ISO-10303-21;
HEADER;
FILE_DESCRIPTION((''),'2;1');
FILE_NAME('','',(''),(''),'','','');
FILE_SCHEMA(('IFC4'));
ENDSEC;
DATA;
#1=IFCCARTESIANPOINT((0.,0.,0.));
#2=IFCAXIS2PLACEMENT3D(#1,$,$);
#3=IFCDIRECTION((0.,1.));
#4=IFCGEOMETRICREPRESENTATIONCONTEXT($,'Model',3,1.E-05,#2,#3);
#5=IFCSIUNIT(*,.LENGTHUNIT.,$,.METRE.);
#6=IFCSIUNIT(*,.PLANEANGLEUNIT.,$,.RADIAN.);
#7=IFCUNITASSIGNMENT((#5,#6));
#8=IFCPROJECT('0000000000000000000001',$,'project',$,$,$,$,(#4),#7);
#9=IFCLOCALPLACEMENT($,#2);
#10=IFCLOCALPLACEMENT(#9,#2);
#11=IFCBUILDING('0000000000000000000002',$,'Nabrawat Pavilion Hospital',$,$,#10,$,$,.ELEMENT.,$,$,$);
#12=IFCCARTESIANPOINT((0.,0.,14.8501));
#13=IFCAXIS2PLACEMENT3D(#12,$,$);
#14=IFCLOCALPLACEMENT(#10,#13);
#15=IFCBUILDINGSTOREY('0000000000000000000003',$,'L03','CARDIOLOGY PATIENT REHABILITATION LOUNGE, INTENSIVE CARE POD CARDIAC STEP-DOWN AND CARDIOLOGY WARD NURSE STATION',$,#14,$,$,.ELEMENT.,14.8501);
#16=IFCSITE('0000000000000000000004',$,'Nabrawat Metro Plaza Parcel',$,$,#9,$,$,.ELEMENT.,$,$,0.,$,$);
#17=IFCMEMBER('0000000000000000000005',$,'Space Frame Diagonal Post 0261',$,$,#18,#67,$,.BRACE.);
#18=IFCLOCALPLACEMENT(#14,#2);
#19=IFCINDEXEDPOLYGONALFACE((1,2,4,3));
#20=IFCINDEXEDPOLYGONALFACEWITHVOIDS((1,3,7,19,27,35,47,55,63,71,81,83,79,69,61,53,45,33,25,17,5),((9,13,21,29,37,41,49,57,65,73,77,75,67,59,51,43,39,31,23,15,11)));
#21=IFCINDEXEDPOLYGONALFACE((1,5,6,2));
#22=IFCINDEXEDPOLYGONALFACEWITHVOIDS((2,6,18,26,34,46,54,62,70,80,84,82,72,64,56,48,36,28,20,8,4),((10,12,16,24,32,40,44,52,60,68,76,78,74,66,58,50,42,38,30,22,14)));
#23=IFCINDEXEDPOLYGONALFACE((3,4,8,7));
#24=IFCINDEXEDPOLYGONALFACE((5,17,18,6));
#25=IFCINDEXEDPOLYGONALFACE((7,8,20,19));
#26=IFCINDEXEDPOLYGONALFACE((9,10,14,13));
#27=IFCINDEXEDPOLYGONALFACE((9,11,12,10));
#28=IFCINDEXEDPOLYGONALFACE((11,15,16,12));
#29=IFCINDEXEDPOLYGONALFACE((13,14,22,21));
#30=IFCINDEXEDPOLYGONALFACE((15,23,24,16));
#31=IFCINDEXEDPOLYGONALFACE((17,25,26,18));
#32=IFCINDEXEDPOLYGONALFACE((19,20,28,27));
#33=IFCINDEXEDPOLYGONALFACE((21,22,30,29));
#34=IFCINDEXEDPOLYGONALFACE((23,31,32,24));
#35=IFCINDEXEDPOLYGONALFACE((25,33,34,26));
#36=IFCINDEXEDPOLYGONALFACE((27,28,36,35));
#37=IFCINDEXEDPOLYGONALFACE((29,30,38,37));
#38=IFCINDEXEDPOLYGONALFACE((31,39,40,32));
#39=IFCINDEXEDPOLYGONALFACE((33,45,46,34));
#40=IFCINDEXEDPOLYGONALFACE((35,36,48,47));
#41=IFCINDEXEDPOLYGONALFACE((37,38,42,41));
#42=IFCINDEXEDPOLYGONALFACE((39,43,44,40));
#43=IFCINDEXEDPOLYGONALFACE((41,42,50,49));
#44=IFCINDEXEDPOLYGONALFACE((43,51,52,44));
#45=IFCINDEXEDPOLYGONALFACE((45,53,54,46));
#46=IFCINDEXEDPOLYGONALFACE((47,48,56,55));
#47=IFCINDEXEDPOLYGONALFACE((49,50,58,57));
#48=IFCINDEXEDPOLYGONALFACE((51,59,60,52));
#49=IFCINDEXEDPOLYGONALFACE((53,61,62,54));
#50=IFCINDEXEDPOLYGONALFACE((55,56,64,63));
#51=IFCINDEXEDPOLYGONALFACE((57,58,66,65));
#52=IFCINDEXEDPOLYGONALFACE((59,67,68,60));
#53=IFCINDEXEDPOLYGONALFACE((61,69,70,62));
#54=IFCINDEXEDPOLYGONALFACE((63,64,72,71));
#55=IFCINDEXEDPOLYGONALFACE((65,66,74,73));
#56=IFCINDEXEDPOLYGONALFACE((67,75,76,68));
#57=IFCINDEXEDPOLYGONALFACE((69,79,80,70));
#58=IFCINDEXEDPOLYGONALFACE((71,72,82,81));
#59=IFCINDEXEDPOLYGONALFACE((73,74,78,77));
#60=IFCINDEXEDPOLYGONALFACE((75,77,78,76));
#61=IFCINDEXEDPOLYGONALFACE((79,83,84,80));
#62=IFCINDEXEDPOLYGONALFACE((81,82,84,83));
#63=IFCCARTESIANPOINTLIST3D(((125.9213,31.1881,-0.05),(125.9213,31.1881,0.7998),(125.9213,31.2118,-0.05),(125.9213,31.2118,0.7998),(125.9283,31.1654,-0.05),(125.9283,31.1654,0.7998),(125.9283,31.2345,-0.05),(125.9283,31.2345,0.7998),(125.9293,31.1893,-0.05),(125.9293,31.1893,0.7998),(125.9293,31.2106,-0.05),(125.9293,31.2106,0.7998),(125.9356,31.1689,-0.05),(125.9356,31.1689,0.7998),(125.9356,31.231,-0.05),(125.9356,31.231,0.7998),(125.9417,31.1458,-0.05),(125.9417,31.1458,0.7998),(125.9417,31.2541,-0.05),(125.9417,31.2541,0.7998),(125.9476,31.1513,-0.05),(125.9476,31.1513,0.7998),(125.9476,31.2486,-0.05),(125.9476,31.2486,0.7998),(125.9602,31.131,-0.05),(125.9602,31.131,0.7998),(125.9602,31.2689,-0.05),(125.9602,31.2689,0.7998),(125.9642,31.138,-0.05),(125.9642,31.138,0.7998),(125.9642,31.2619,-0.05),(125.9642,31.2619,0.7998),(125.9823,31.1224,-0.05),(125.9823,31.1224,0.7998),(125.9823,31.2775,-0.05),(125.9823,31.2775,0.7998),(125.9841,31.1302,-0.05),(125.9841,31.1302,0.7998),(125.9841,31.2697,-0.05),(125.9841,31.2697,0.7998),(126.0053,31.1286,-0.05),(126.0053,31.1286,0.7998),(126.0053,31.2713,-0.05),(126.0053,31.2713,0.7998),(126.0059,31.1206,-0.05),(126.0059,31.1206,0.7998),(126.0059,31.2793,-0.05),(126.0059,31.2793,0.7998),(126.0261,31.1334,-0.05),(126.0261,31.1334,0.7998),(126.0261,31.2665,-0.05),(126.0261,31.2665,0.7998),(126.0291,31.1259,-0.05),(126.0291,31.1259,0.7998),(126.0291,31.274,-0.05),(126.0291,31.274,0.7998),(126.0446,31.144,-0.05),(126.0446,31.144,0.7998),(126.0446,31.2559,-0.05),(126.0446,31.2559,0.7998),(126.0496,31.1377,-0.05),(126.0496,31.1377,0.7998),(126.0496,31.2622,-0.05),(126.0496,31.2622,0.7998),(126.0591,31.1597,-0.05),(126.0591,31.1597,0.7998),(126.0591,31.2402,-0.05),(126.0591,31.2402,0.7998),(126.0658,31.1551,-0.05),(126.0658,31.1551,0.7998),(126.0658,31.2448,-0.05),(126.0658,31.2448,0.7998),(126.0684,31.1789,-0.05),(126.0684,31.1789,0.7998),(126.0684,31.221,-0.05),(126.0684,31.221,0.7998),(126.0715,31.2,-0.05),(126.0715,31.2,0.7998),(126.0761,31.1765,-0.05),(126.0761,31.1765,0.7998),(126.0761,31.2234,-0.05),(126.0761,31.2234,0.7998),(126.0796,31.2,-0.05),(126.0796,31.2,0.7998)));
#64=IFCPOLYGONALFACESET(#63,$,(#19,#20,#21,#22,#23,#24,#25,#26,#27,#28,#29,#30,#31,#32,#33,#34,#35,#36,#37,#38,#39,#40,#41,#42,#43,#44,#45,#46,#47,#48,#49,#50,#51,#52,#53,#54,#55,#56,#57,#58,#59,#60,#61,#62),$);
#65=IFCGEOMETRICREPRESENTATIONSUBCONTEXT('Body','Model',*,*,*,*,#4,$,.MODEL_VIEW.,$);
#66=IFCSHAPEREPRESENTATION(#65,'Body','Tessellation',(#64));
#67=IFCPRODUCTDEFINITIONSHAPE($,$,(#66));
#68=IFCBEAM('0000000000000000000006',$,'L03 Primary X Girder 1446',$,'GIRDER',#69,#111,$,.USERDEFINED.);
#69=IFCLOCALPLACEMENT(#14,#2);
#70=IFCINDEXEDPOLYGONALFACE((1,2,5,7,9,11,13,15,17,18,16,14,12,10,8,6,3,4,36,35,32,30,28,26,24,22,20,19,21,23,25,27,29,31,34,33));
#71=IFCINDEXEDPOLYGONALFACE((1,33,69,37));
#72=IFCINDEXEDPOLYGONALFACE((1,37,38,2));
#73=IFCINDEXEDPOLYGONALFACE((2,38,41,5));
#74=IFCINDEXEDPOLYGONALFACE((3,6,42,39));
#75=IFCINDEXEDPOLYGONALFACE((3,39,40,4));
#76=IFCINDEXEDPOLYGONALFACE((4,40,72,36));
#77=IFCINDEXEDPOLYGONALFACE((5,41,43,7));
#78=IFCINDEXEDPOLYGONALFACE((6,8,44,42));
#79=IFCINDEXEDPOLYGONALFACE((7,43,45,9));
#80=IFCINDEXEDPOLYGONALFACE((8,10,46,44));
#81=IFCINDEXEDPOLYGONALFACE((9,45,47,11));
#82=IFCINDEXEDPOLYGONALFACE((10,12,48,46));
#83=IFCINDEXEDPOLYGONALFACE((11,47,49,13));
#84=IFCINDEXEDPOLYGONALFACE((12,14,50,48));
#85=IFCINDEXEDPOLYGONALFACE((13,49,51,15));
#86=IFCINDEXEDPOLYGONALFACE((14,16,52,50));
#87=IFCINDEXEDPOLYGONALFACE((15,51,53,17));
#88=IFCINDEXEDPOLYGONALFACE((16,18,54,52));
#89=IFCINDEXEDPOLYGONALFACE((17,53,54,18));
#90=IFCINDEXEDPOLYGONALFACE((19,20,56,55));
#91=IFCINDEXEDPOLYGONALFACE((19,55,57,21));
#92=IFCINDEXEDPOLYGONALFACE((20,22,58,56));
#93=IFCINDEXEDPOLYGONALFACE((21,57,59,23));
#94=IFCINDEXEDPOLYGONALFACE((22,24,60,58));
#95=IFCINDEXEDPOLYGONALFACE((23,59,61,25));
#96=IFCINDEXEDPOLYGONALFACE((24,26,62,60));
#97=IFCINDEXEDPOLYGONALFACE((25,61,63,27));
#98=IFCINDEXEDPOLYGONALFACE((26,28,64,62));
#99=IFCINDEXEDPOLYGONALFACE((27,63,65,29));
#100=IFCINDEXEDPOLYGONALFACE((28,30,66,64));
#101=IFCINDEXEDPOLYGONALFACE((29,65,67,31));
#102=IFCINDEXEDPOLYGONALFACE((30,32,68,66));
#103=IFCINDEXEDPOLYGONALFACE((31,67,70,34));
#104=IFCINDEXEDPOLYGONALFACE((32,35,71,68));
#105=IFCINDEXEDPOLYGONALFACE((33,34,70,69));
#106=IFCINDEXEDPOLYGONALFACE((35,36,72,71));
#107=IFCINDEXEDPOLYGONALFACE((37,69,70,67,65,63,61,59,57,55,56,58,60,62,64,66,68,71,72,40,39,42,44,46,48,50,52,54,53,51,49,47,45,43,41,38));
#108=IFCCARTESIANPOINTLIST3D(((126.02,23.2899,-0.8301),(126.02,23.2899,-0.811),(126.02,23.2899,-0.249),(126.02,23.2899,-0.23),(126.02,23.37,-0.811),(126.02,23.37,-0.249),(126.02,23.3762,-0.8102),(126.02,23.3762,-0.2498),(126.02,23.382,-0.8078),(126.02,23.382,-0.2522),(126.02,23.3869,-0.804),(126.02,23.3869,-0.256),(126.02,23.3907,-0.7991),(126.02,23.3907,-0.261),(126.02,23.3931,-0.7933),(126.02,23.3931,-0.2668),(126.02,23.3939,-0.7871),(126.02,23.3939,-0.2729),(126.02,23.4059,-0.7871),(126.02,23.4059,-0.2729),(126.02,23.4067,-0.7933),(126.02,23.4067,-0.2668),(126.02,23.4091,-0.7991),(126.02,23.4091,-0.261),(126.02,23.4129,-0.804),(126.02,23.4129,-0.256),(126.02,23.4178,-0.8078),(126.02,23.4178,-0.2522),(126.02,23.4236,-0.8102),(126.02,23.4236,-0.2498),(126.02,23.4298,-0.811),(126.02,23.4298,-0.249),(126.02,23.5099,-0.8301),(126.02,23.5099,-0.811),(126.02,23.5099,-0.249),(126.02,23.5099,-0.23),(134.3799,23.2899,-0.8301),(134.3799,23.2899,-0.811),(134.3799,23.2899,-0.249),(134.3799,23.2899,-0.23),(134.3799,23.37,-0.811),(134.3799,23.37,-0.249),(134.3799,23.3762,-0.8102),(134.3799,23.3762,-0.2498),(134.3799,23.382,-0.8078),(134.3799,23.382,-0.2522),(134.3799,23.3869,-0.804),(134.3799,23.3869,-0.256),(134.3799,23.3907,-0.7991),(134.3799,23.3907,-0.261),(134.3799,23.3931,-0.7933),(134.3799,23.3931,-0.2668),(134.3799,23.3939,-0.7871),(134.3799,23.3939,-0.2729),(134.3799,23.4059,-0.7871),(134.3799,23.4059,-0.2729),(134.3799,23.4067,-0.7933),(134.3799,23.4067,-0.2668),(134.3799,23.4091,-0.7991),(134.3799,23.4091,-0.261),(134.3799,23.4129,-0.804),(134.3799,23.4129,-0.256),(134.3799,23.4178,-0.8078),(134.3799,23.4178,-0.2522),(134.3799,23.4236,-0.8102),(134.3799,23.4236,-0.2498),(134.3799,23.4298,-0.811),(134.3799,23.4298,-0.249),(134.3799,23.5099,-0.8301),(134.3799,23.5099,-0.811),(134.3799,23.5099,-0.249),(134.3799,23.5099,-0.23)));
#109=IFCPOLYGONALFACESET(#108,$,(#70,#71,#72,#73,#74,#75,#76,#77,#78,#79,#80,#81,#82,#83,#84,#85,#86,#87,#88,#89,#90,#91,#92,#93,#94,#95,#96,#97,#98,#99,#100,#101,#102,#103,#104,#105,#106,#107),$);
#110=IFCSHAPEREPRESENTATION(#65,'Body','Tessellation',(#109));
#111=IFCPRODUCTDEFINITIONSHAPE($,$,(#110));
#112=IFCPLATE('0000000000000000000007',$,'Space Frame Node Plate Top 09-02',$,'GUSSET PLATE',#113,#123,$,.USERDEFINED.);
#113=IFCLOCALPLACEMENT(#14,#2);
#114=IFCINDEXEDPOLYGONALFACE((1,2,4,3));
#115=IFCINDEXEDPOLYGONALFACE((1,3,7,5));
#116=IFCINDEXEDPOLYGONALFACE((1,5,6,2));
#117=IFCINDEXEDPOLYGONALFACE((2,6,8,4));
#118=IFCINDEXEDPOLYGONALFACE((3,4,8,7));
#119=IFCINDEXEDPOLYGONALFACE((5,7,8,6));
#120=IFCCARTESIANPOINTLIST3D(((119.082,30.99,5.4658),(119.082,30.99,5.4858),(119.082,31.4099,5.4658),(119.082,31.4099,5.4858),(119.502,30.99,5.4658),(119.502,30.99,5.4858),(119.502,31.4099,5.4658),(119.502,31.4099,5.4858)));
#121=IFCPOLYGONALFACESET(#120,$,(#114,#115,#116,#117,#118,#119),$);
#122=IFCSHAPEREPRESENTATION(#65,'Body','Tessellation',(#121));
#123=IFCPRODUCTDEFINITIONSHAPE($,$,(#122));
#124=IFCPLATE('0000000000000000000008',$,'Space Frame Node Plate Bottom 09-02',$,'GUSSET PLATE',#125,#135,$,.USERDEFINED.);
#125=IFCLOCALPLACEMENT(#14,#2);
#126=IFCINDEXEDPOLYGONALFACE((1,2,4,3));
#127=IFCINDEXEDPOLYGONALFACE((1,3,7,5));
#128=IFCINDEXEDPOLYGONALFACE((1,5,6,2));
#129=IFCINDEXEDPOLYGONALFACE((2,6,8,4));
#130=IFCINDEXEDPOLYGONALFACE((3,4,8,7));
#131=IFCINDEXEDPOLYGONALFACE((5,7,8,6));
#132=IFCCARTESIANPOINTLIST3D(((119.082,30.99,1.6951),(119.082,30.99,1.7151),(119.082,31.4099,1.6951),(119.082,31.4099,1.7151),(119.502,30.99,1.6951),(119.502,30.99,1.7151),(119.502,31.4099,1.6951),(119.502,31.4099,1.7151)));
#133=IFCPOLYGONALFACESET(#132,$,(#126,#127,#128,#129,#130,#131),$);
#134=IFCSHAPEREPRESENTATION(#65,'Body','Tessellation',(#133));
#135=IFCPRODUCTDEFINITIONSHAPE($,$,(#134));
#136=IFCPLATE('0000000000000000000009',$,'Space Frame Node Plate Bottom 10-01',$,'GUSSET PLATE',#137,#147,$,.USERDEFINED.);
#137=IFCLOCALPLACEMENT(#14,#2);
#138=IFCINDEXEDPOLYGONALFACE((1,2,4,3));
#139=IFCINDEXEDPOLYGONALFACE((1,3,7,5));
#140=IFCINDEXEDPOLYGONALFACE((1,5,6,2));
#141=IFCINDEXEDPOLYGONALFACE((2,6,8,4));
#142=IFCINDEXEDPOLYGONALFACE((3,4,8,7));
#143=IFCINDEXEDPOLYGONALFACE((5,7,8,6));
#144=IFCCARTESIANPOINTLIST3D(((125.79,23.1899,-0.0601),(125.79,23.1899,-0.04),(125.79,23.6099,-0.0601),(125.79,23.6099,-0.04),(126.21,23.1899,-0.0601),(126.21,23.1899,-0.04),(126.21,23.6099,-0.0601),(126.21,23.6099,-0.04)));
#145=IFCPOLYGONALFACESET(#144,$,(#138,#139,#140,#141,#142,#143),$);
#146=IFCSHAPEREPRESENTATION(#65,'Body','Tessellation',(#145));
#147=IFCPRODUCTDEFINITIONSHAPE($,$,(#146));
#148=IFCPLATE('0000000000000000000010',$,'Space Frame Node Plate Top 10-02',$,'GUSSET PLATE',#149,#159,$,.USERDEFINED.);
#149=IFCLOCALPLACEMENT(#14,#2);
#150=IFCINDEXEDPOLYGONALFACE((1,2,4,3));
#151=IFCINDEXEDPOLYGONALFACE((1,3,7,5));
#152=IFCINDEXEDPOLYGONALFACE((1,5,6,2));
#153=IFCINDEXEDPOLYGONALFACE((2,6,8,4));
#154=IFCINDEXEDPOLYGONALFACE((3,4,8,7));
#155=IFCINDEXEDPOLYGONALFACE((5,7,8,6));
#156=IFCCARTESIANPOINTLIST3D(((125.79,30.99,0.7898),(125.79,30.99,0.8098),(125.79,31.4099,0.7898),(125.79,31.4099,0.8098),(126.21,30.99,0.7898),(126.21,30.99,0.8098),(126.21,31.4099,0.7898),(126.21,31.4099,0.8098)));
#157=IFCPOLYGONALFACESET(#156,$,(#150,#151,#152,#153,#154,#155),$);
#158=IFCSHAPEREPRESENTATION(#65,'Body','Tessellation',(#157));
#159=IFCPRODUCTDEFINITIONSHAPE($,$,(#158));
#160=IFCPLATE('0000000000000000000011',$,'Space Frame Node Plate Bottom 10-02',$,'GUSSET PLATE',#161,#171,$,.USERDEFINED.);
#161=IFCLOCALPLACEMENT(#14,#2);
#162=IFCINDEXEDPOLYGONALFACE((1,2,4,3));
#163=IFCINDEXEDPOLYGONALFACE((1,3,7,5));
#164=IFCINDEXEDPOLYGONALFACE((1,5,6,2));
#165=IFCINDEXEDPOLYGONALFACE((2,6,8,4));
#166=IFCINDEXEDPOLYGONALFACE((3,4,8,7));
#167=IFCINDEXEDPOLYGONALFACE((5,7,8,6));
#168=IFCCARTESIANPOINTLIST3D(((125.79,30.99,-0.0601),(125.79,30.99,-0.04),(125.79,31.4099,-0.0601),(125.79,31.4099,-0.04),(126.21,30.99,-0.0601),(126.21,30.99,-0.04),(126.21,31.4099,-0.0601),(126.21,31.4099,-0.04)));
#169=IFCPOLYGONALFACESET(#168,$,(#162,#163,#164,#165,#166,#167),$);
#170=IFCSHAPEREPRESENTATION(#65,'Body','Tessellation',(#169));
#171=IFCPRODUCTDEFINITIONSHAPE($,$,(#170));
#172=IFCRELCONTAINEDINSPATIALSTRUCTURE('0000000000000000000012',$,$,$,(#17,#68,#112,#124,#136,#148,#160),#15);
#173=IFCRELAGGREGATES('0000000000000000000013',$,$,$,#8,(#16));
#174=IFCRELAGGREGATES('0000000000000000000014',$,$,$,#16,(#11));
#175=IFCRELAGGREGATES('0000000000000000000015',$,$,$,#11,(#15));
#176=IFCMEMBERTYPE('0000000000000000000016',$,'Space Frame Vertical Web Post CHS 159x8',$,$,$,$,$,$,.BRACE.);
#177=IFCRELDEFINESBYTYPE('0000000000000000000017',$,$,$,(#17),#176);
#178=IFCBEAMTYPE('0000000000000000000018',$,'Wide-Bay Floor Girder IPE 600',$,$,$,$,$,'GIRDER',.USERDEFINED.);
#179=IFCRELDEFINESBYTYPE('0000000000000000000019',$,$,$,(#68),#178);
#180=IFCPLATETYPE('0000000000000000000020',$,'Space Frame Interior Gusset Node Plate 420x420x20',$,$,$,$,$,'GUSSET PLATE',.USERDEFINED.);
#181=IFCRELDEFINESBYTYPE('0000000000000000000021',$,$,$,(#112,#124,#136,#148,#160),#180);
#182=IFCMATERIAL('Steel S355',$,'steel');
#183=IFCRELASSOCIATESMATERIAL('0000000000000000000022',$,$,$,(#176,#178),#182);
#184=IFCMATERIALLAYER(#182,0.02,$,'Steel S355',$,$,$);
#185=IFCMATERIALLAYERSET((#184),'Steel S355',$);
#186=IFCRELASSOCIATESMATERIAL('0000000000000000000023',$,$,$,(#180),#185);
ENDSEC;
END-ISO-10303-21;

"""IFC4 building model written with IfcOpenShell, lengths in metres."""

from ifc_helpers import new_model, si_unit, direction, frame, origin, origin_2d, place, context, subcontext, project, spatial, rectangle, hollow_circle, i_section, extrude, material, layer, layer_set, material_profile, profile_set, type_object, element, save


model = new_model("IFC4")

# Units and contexts
model_context = context("Model", 3, precision=1e-05, world=origin(), true_north=direction((0.0, 1.0)))
body_context = subcontext(model_context, "Body", "Model", "MODEL_VIEW")
ifc_project = project(units=[si_unit("LENGTHUNIT", "METRE"), si_unit("PLANEANGLEUNIT", "RADIAN")], contexts=[model_context])

# Site, building, storey
site_placement = place(None, origin())
site = spatial("IfcSite", under=ifc_project, at=site_placement, Name="Nabrawat Metro Plaza Parcel", CompositionType="ELEMENT", RefElevation=0.0)
building_placement = place(site_placement, origin())
building = spatial("IfcBuilding", under=site, at=building_placement, Name="Nabrawat Pavilion Hospital", CompositionType="ELEMENT")
storey_placement = place(building_placement, frame((0.0, 0.0, 14.8501)))
storey = spatial("IfcBuildingStorey", under=building, at=storey_placement, Name="L03", Description="CARDIOLOGY PATIENT REHABILITATION LOUNGE, INTENSIVE CARE POD CARDIAC STEP-DOWN AND CARDIOLOGY WARD NURSE STATION", CompositionType="ELEMENT", Elevation=14.8501)

# Shared definitions
ifc_material = material(Name="Steel S355", Category="steel")

# Member
ifc_material_profile_1 = material_profile(ifc_material, hollow_circle(Radius=0.0796, WallThickness=0.0081, at=origin_2d()), Name="CHS 159x8")
ifc_profile_set_1 = profile_set([ifc_material_profile_1], Name="Steel S355")
member_type_1 = type_object("IfcMemberType", Name="Space Frame Vertical Web Post CHS 159x8", PredefinedType="BRACE", material=ifc_profile_set_1)
for number, where, z_axis, x_axis, name in (
    (1, (126.0, 31.2, -0.05), (0.0, 0.0, 1.0), (1.0, 0.0, 0.0), "Space Frame Diagonal Post 0261"),
):
    element("IfcMember", number, at=place(storey_placement, frame(where, z_axis=z_axis, x_axis=x_axis)), inside=storey, type_object=member_type_1, Name=name, PredefinedType="BRACE", context=body_context, shape_type="SweptSolid", body=[
        extrude(hollow_circle(Radius=0.0796, WallThickness=0.0081, at=origin_2d()), origin(), (0.0, 0.0, 1.0), 0.8499),
    ])

# Beam
ifc_material_profile_2 = material_profile(ifc_material, i_section(OverallWidth=0.22, OverallDepth=0.6001, WebThickness=0.012, FlangeThickness=0.019, FilletRadius=0.0239, at=origin_2d()), Name="IPE 600")
ifc_profile_set_2 = profile_set([ifc_material_profile_2], Name="Steel S355")
beam_type_1 = type_object("IfcBeamType", Name="Wide-Bay Floor Girder IPE 600", ElementType="GIRDER", PredefinedType="USERDEFINED", material=ifc_profile_set_2)
beam_1_placement = place(storey_placement, frame((126.02, 23.3999, -0.53), z_axis=(1.0, 0.0, 0.0), x_axis=(0.0, 1.0, 0.0)))
element("IfcBeam", 2, at=beam_1_placement, inside=storey, type_object=beam_type_1, Name="L03 Primary X Girder 1446", ObjectType="GIRDER", PredefinedType="USERDEFINED", context=body_context, shape_type="SweptSolid", body=[
    extrude(i_section(OverallWidth=0.22, OverallDepth=0.6001, WebThickness=0.012, FlangeThickness=0.019, FilletRadius=0.0239, at=origin_2d()), origin(), (0.0, 0.0, 1.0), 8.3599),
])

# Plates
ifc_layer = layer(ifc_material, 0.02, Name="Steel S355")
ifc_layer_set = layer_set([ifc_layer], Name="Steel S355")
plate_type = type_object("IfcPlateType", Name="Space Frame Interior Gusset Node Plate 420x420x20", ElementType="GUSSET PLATE", PredefinedType="USERDEFINED", material=ifc_layer_set)
for number, where, z_axis, x_axis, name in (
    (3, (119.292, 31.2, 5.4658), (0.0, 0.0, 1.0), (1.0, 0.0, 0.0), "Space Frame Node Plate Top 09-02"),
    (4, (119.292, 31.2, 1.6951), (0.0, 0.0, 1.0), (1.0, 0.0, 0.0), "Space Frame Node Plate Bottom 09-02"),
    (5, (126.0, 23.3999, -0.0601), (0.0, 0.0, 1.0), (1.0, 0.0, 0.0), "Space Frame Node Plate Bottom 10-01"),
    (6, (126.0, 31.2, 0.7898), (0.0, 0.0, 1.0), (1.0, 0.0, 0.0), "Space Frame Node Plate Top 10-02"),
    (7, (126.0, 31.2, -0.0601), (0.0, 0.0, 1.0), (1.0, 0.0, 0.0), "Space Frame Node Plate Bottom 10-02"),
):
    element("IfcPlate", number, at=place(storey_placement, frame(where, z_axis=z_axis, x_axis=x_axis)), inside=storey, type_object=plate_type, Name=name, ObjectType="GUSSET PLATE", PredefinedType="USERDEFINED", context=body_context, shape_type="SweptSolid", body=[
        extrude(rectangle(XDim=0.4199, YDim=0.4199, at=origin_2d()), origin(), (0.0, 0.0, 1.0), 0.02),
    ])

save(model, "model.ifc")
